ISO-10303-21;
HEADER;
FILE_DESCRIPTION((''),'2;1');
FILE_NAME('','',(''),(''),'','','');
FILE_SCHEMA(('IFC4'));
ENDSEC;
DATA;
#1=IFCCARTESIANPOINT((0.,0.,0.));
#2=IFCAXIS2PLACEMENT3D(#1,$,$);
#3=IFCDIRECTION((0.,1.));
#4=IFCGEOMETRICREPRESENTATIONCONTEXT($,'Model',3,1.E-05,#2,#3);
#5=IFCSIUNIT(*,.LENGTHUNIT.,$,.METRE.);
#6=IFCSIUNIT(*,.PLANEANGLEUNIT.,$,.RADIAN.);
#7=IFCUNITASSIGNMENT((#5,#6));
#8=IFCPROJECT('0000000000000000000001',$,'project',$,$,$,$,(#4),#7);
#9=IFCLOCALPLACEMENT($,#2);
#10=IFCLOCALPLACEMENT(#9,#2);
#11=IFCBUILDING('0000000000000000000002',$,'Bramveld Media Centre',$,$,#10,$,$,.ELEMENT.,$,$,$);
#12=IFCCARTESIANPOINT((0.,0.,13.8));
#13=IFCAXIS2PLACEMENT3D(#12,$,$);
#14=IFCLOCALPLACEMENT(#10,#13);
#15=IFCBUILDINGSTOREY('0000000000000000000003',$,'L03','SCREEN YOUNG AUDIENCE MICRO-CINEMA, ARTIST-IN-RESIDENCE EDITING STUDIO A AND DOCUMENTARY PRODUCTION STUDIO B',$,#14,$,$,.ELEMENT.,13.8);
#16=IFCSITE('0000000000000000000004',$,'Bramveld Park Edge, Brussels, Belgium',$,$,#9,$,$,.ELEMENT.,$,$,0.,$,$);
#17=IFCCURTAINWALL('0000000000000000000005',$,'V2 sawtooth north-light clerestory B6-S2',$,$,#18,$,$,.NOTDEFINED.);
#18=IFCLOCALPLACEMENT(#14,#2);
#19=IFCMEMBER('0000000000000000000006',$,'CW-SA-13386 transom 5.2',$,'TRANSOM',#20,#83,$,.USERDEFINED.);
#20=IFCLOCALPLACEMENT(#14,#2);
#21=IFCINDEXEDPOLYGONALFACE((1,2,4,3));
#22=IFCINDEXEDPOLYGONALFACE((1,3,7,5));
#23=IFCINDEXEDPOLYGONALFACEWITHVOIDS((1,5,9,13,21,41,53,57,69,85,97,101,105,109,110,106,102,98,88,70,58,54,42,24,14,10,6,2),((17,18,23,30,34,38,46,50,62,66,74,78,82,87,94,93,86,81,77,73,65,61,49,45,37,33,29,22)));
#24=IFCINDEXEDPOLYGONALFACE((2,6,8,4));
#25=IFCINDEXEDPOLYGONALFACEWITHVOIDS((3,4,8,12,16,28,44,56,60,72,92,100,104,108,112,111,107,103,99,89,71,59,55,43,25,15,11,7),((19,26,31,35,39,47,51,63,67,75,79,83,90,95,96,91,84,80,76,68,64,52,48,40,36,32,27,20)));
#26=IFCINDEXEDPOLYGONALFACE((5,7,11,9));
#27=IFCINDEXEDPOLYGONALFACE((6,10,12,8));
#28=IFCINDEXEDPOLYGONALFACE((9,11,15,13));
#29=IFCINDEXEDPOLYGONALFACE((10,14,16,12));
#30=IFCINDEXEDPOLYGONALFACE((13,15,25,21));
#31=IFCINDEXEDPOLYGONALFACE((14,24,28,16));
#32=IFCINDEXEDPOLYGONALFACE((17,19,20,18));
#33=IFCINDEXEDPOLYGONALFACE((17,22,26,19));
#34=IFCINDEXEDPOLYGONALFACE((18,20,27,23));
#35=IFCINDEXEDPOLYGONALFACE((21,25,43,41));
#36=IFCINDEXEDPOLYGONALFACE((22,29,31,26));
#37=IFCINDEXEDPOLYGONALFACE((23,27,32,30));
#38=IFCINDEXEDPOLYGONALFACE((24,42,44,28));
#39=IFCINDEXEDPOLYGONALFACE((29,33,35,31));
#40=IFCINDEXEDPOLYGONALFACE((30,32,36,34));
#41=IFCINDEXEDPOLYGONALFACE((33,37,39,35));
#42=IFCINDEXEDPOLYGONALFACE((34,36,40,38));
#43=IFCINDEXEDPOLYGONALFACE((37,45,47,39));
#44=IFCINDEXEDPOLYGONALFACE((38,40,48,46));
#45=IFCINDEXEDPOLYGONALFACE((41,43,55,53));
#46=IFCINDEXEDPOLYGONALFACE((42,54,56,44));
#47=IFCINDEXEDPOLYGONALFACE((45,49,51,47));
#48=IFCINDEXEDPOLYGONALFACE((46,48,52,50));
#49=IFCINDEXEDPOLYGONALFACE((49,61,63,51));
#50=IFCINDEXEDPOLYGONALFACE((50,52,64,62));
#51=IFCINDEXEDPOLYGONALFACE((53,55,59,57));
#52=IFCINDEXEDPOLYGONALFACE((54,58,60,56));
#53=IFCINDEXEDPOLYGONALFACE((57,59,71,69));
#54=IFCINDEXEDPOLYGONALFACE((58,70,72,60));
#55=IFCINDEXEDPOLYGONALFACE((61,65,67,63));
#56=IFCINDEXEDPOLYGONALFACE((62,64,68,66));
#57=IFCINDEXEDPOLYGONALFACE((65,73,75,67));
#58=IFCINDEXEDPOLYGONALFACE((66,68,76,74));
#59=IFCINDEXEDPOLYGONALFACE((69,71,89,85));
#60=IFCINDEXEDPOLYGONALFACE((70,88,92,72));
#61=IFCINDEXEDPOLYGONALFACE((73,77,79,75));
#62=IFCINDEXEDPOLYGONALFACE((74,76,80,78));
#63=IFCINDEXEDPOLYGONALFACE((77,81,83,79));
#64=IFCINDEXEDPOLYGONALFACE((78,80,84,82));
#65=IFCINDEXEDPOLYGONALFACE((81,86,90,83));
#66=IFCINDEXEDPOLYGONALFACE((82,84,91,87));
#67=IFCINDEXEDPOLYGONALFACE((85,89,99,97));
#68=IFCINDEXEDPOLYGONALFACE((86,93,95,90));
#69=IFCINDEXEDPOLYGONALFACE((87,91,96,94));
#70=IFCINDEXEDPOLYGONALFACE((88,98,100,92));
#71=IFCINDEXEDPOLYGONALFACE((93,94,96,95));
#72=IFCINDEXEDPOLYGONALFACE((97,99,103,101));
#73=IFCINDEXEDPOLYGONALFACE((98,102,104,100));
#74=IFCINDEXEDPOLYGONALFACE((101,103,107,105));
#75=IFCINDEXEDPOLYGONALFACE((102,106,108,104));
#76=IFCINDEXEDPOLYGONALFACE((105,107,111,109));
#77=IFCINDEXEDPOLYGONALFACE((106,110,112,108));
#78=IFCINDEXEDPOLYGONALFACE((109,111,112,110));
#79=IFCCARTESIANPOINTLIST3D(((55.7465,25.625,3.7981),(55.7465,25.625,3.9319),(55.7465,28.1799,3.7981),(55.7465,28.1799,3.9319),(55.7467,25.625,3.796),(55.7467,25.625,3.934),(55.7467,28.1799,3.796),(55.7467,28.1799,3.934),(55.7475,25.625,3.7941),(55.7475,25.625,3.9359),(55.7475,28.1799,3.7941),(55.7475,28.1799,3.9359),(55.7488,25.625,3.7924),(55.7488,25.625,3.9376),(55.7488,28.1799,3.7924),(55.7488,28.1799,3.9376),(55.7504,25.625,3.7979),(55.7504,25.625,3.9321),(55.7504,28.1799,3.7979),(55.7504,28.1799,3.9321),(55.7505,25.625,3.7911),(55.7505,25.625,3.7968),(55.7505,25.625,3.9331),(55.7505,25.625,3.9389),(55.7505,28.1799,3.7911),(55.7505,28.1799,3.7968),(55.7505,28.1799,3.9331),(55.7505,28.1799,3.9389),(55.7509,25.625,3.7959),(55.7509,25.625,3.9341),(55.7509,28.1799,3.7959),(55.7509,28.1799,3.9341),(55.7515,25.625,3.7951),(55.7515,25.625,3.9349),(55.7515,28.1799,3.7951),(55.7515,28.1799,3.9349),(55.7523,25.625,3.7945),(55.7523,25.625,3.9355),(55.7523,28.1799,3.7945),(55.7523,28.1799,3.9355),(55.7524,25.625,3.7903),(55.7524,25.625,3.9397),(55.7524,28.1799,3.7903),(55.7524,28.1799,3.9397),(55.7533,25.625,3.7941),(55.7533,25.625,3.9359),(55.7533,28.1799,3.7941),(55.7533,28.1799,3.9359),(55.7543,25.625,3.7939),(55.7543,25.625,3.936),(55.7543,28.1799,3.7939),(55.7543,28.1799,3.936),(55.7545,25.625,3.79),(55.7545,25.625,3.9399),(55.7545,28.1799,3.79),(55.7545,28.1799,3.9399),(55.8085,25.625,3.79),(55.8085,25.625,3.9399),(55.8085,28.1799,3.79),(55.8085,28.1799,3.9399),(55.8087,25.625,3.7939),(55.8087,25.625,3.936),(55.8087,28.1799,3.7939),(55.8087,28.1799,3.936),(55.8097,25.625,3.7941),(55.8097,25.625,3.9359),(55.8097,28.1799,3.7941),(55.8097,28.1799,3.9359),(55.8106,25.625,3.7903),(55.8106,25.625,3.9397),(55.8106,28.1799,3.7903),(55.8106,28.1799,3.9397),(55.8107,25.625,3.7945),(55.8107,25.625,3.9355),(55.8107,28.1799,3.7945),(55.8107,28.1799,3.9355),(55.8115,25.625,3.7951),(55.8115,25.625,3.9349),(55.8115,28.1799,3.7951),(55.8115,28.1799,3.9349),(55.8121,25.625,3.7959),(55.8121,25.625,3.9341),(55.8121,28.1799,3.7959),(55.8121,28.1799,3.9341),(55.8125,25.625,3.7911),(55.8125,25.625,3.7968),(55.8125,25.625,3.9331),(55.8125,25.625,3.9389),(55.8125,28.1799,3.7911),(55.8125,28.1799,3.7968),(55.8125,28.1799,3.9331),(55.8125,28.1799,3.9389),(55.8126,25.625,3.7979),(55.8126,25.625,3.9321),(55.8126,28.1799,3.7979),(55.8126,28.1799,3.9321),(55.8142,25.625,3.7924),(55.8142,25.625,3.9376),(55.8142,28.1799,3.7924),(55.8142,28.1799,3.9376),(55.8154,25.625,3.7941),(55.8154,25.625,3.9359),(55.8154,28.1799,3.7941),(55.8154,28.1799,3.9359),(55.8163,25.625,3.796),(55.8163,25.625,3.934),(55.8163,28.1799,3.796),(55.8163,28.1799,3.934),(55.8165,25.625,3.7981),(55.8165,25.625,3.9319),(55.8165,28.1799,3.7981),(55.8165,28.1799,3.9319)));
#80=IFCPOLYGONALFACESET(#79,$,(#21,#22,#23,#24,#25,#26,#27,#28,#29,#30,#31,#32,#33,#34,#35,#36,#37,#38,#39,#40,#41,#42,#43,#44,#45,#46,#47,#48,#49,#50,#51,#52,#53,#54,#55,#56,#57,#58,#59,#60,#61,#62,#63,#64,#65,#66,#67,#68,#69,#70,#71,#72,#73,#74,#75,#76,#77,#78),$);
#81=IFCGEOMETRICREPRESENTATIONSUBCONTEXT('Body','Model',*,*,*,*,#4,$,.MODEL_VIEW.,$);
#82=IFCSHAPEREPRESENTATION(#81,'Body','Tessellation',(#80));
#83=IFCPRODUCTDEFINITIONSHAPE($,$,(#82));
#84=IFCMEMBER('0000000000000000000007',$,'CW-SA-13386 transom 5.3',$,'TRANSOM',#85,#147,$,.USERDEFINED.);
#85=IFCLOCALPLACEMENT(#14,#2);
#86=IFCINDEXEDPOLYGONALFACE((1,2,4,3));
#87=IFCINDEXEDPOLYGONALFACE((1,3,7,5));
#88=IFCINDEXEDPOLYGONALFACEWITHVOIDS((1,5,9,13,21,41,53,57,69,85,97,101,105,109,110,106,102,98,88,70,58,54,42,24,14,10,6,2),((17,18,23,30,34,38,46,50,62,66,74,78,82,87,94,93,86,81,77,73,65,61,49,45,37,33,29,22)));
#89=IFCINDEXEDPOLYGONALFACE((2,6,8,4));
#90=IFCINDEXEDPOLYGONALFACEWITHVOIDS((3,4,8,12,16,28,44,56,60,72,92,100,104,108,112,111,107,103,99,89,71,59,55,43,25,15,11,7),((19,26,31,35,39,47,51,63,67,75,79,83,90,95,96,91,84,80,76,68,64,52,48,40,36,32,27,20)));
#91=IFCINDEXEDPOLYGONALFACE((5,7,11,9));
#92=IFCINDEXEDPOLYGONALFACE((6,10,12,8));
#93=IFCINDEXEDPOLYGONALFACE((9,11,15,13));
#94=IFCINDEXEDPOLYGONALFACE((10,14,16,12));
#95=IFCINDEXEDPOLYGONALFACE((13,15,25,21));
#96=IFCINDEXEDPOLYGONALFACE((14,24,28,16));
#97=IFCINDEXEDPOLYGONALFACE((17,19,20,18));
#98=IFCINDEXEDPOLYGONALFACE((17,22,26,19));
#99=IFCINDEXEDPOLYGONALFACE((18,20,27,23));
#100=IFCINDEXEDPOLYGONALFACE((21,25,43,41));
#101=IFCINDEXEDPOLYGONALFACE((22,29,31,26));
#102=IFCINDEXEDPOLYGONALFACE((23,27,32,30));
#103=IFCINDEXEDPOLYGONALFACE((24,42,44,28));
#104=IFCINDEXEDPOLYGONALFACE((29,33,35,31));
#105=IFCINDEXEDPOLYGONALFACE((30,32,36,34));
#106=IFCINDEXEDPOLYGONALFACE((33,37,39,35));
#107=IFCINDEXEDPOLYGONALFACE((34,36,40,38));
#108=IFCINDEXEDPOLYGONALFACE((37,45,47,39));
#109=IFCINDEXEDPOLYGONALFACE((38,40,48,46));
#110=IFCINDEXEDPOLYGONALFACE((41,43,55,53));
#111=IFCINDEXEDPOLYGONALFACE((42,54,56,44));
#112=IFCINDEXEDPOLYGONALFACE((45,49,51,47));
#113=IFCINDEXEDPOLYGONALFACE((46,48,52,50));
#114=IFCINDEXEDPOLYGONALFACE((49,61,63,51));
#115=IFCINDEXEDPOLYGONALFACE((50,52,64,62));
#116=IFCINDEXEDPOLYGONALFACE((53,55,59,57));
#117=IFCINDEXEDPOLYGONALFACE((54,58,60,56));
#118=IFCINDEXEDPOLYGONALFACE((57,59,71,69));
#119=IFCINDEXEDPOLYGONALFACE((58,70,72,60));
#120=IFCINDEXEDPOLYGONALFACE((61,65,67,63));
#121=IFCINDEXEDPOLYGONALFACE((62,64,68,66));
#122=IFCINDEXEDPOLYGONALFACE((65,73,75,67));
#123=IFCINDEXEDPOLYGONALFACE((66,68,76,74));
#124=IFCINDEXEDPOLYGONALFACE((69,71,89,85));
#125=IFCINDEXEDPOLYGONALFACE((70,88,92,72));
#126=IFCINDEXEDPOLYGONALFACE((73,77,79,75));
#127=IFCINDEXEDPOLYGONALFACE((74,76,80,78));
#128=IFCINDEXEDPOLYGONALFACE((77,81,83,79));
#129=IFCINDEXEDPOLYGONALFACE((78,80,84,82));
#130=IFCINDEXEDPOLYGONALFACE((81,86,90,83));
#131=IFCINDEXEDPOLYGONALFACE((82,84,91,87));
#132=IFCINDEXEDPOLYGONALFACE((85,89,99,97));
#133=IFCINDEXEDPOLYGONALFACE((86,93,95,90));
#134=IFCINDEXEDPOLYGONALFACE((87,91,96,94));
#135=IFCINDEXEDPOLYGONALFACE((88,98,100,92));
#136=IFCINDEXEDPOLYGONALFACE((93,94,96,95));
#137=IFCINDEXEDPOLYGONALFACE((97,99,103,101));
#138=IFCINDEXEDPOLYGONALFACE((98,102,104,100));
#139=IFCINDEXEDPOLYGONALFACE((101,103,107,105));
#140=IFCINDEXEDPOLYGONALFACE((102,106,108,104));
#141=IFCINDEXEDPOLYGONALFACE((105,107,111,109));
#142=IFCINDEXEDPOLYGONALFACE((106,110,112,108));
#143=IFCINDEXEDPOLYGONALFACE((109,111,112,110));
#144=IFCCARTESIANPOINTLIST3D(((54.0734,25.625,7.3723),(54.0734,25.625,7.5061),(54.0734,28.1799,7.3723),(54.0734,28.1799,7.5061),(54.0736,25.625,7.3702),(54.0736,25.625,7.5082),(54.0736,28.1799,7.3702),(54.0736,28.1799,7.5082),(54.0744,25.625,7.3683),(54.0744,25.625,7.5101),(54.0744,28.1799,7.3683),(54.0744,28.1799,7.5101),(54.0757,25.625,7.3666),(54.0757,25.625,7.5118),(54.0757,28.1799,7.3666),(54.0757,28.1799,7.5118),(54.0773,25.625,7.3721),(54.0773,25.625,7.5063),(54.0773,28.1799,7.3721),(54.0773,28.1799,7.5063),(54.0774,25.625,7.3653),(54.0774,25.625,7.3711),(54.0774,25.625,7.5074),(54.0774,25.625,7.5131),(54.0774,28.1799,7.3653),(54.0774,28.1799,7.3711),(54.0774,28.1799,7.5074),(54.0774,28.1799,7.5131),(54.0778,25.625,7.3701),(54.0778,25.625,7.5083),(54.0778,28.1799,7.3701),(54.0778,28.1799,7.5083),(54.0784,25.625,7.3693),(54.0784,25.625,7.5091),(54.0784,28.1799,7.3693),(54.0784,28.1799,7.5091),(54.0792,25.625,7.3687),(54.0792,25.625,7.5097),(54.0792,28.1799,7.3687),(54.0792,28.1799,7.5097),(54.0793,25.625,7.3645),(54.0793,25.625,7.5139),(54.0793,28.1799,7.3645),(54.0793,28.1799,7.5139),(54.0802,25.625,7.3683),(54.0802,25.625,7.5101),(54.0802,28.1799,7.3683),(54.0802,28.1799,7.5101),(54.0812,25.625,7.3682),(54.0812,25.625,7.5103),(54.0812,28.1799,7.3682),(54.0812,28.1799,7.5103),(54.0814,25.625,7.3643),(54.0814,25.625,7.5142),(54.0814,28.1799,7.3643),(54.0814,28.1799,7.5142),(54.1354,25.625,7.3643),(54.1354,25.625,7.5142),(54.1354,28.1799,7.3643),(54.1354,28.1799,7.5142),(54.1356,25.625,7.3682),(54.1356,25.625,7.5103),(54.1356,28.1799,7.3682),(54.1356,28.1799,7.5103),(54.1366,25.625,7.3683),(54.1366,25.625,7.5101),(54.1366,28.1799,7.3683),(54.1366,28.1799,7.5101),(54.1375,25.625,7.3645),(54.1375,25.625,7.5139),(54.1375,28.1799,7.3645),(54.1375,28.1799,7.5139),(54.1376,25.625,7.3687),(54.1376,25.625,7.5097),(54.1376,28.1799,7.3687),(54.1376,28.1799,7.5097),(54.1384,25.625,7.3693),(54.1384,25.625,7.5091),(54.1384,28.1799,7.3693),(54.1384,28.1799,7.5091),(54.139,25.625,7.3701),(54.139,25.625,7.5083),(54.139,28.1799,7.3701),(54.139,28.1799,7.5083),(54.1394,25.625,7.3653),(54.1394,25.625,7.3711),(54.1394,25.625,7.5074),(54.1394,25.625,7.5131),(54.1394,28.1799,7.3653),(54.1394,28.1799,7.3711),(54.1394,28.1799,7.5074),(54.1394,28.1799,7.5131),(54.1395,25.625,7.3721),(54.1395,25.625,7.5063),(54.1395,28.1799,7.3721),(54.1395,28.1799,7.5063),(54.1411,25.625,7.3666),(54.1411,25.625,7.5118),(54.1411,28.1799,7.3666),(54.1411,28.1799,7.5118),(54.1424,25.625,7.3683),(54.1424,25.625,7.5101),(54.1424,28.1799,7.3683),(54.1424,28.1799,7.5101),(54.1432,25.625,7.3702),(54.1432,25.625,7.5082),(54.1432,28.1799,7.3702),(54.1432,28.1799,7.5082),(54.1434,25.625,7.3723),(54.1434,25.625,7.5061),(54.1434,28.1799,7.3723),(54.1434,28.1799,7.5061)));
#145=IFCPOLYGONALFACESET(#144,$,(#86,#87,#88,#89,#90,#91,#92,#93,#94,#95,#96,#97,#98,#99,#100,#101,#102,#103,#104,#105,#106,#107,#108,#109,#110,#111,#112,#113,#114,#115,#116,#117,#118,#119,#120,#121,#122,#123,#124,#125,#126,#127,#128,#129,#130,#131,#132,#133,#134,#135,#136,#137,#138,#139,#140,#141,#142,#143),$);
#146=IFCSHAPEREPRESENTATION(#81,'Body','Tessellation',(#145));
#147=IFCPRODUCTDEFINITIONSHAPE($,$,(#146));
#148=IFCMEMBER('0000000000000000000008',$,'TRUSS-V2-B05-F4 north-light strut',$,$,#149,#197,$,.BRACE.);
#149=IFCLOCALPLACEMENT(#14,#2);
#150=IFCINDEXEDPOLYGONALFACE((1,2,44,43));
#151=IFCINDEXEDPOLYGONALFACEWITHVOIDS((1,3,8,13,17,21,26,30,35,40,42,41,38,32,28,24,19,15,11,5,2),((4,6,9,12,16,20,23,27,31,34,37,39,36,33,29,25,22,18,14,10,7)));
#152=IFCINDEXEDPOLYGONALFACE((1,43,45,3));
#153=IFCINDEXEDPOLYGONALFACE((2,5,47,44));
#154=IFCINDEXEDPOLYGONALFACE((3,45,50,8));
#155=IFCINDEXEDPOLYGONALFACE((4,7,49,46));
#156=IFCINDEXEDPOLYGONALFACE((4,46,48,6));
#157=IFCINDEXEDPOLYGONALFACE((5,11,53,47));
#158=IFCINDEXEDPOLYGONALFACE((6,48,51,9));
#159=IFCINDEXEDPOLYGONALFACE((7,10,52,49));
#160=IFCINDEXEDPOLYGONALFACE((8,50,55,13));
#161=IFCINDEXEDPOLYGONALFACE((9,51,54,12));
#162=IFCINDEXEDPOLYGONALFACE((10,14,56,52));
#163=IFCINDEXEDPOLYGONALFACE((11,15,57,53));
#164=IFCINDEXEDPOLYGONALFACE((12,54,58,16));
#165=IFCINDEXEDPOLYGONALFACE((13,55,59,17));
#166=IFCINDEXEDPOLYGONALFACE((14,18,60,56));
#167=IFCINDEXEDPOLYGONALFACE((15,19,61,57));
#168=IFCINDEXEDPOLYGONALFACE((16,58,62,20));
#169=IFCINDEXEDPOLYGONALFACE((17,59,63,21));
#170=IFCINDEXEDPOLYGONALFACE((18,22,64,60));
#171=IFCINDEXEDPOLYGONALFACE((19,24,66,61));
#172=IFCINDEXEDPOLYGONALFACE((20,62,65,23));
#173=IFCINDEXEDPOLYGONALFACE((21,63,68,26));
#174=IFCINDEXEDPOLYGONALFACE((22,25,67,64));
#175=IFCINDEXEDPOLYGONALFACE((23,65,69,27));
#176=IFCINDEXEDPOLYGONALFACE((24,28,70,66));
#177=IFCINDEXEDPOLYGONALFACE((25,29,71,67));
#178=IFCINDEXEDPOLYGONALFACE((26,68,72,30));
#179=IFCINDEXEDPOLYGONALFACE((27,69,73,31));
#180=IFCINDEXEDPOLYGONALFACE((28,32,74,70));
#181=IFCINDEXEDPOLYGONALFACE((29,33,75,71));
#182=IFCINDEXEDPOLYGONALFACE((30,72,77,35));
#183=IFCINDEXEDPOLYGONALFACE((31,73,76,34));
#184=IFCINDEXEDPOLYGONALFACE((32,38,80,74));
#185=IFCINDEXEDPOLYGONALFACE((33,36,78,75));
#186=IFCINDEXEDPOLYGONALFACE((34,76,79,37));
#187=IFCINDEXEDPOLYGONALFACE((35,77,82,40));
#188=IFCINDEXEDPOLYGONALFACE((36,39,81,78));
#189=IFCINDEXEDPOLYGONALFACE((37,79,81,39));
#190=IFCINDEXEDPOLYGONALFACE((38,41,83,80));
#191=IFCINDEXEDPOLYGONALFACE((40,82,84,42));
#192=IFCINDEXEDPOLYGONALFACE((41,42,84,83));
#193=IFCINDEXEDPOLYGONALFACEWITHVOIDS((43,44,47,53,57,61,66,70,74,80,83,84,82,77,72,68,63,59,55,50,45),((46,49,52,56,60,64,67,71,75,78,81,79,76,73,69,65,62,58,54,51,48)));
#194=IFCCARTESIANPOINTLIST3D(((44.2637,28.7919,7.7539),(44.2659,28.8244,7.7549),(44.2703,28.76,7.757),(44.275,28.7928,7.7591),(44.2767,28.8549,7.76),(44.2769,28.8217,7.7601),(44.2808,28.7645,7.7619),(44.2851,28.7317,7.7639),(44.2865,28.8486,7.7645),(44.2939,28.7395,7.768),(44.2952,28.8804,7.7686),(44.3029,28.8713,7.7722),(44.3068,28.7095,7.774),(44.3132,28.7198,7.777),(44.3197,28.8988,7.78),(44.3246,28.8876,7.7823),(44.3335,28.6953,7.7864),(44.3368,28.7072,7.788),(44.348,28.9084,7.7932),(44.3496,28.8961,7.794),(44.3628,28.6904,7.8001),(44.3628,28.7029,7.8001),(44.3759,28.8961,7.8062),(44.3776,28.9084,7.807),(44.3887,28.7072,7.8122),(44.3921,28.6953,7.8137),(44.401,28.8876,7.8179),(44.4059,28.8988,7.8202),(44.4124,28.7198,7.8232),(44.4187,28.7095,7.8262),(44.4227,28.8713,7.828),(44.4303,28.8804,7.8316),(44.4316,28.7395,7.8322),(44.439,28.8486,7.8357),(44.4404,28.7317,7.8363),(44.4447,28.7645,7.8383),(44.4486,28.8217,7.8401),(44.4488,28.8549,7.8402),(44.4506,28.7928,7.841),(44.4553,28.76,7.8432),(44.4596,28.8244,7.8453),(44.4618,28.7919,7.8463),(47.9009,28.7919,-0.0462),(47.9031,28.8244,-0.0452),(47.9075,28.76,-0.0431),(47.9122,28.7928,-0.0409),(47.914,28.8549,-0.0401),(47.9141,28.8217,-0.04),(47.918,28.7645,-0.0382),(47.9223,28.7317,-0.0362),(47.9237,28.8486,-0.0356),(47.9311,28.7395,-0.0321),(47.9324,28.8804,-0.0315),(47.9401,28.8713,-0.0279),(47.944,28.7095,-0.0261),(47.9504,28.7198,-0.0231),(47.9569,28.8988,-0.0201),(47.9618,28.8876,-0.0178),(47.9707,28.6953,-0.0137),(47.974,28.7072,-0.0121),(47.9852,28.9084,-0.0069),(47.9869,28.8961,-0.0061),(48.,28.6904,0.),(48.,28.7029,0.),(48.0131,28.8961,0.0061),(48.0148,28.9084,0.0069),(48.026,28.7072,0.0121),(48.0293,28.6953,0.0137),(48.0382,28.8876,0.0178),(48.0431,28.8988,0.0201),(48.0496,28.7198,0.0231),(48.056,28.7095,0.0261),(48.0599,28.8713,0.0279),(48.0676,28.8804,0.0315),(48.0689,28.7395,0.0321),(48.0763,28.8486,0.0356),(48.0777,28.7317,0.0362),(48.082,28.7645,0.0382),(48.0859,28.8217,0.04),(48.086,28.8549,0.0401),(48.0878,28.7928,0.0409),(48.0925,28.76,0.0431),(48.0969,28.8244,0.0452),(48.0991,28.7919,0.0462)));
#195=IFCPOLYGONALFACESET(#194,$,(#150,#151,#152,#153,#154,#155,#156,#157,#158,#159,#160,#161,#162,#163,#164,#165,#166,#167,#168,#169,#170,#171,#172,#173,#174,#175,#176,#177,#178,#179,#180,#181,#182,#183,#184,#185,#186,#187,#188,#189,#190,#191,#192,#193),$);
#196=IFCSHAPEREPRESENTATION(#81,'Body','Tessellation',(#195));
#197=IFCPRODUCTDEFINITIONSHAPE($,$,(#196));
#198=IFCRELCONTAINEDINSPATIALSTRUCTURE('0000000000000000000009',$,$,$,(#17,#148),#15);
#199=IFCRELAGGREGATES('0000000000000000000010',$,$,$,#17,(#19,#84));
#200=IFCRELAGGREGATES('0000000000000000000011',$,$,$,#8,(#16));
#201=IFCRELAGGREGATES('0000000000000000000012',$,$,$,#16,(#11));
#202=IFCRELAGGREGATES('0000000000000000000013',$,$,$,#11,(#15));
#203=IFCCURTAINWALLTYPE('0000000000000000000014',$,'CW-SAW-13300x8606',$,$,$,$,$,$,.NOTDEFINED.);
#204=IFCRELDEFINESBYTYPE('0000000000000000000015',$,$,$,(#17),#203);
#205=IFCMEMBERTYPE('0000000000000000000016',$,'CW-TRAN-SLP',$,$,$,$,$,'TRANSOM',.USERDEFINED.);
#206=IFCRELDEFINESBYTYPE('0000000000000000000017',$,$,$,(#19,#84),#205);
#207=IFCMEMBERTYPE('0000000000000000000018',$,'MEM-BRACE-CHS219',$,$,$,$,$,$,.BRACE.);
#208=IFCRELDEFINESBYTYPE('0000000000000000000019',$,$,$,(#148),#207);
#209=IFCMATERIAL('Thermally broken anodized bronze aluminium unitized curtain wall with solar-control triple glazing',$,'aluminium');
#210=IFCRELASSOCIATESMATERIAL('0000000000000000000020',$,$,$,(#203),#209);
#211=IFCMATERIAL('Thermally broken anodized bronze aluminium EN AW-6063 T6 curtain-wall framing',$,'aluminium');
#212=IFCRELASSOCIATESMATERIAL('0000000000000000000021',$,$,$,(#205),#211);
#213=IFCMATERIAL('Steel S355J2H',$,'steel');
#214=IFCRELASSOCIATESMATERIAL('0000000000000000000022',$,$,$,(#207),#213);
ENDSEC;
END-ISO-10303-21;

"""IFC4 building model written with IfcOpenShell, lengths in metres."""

from ifc_helpers import new_model, si_unit, direction, frame, origin, origin_2d, place, context, subcontext, project, spatial, hollow_rectangle, hollow_circle, extrude, material, material_profile, profile_set, type_object, element, aggregate, save


model = new_model("IFC4")

# Units and contexts
model_context = context("Model", 3, precision=1e-05, world=origin(), true_north=direction((0.0, 1.0)))
body_context = subcontext(model_context, "Body", "Model", "MODEL_VIEW")
ifc_project = project(units=[si_unit("LENGTHUNIT", "METRE"), si_unit("PLANEANGLEUNIT", "RADIAN")], contexts=[model_context])

# Site, building, storey
site_placement = place(None, origin())
site = spatial("IfcSite", under=ifc_project, at=site_placement, Name="Bramveld Park Edge, Brussels, Belgium", CompositionType="ELEMENT", RefElevation=0.0)
building_placement = place(site_placement, origin())
building = spatial("IfcBuilding", under=site, at=building_placement, Name="Bramveld Media Centre", CompositionType="ELEMENT")
storey_placement = place(building_placement, frame((0.0, 0.0, 13.8)))
storey = spatial("IfcBuildingStorey", under=building, at=storey_placement, Name="L03", Description="SCREEN YOUNG AUDIENCE MICRO-CINEMA, ARTIST-IN-RESIDENCE EDITING STUDIO A AND DOCUMENTARY PRODUCTION STUDIO B", CompositionType="ELEMENT", Elevation=13.8)

# Curtain wall
ifc_material_1 = material(Name="Thermally broken anodized bronze aluminium unitized curtain wall with solar-control triple glazing", Category="aluminium")
curtain_wall_type = type_object("IfcCurtainWallType", Name="CW-SAW-13300x8606", PredefinedType="NOTDEFINED", material=ifc_material_1)
curtain_wall_1_placement = place(storey_placement, origin())
curtain_wall_1 = element("IfcCurtainWall", 1, at=curtain_wall_1_placement, inside=storey, type_object=curtain_wall_type, Name="V2 sawtooth north-light clerestory B6-S2", PredefinedType="NOTDEFINED")

# Members
ifc_material_2 = material(Name="Thermally broken anodized bronze aluminium EN AW-6063 T6 curtain-wall framing", Category="aluminium")
ifc_material_profile_1 = material_profile(ifc_material_2, hollow_rectangle(XDim=0.0701, YDim=0.1499, WallThickness=0.0039, InnerFilletRadius=0.0039, OuterFilletRadius=0.0081, at=origin_2d()), Name="AL-TRAN 70x150")
ifc_profile_set_1 = profile_set([ifc_material_profile_1], Name="Thermally broken anodized bronze aluminium EN AW-6063 T6 curtain-wall framing")
member_type_1 = type_object("IfcMemberType", Name="CW-TRAN-SLP", ElementType="TRANSOM", PredefinedType="USERDEFINED", material=ifc_profile_set_1)
member_1_placement = place(storey_placement, frame((55.7815, 25.625, 3.865), z_axis=(0.0, 1.0, 0.0), x_axis=(-1.0, 0.0, 0.0)))
member_1 = element("IfcMember", 2, at=member_1_placement, type_object=member_type_1, Name="CW-SA-13386 transom 5.2", ObjectType="TRANSOM", PredefinedType="USERDEFINED", context=body_context, shape_type="SweptSolid", body=[
    extrude(hollow_rectangle(XDim=0.0701, YDim=0.1499, WallThickness=0.0039, InnerFilletRadius=0.0039, OuterFilletRadius=0.0081, at=origin_2d()), origin(), (0.0, 0.0, 1.0), 2.5549),
])
member_2_placement = place(storey_placement, frame((54.1084, 25.625, 7.4392), z_axis=(0.0, 1.0, 0.0), x_axis=(-1.0, 0.0, 0.0)))
member_2 = element("IfcMember", 3, at=member_2_placement, type_object=member_type_1, Name="CW-SA-13386 transom 5.3", ObjectType="TRANSOM", PredefinedType="USERDEFINED", context=body_context, shape_type="SweptSolid", body=[
    extrude(hollow_rectangle(XDim=0.0701, YDim=0.1499, WallThickness=0.0039, InnerFilletRadius=0.0039, OuterFilletRadius=0.0081, at=origin_2d()), origin(), (0.0, 0.0, 1.0), 2.5549),
])

# Member
ifc_material_3 = material(Name="Steel S355J2H", Category="steel")
ifc_material_profile_2 = material_profile(ifc_material_3, hollow_circle(Radius=0.1096, WallThickness=0.0125, at=origin_2d()), Name="CHS 219.1x12.5")
ifc_profile_set_2 = profile_set([ifc_material_profile_2], Name="Steel S355J2H")
member_type_2 = type_object("IfcMemberType", Name="MEM-BRACE-CHS219", PredefinedType="BRACE", material=ifc_profile_set_2)
for number, where, z_axis, x_axis, name in (
    (4, (48.0, 28.8, 0.0), (-0.422617, 0.0, 0.906308), (0.0, -1.0, 0.0), "TRUSS-V2-B05-F4 north-light strut"),
):
    element("IfcMember", number, at=place(storey_placement, frame(where, z_axis=z_axis, x_axis=x_axis)), inside=storey, type_object=member_type_2, Name=name, PredefinedType="BRACE", context=body_context, shape_type="SweptSolid", body=[
        extrude(hollow_circle(Radius=0.1096, WallThickness=0.0125, at=origin_2d()), origin(), (0.0, 0.0, 1.0), 8.6064),
    ])

aggregate(curtain_wall_1, [member_1, member_2])

save(model, "model.ifc")
